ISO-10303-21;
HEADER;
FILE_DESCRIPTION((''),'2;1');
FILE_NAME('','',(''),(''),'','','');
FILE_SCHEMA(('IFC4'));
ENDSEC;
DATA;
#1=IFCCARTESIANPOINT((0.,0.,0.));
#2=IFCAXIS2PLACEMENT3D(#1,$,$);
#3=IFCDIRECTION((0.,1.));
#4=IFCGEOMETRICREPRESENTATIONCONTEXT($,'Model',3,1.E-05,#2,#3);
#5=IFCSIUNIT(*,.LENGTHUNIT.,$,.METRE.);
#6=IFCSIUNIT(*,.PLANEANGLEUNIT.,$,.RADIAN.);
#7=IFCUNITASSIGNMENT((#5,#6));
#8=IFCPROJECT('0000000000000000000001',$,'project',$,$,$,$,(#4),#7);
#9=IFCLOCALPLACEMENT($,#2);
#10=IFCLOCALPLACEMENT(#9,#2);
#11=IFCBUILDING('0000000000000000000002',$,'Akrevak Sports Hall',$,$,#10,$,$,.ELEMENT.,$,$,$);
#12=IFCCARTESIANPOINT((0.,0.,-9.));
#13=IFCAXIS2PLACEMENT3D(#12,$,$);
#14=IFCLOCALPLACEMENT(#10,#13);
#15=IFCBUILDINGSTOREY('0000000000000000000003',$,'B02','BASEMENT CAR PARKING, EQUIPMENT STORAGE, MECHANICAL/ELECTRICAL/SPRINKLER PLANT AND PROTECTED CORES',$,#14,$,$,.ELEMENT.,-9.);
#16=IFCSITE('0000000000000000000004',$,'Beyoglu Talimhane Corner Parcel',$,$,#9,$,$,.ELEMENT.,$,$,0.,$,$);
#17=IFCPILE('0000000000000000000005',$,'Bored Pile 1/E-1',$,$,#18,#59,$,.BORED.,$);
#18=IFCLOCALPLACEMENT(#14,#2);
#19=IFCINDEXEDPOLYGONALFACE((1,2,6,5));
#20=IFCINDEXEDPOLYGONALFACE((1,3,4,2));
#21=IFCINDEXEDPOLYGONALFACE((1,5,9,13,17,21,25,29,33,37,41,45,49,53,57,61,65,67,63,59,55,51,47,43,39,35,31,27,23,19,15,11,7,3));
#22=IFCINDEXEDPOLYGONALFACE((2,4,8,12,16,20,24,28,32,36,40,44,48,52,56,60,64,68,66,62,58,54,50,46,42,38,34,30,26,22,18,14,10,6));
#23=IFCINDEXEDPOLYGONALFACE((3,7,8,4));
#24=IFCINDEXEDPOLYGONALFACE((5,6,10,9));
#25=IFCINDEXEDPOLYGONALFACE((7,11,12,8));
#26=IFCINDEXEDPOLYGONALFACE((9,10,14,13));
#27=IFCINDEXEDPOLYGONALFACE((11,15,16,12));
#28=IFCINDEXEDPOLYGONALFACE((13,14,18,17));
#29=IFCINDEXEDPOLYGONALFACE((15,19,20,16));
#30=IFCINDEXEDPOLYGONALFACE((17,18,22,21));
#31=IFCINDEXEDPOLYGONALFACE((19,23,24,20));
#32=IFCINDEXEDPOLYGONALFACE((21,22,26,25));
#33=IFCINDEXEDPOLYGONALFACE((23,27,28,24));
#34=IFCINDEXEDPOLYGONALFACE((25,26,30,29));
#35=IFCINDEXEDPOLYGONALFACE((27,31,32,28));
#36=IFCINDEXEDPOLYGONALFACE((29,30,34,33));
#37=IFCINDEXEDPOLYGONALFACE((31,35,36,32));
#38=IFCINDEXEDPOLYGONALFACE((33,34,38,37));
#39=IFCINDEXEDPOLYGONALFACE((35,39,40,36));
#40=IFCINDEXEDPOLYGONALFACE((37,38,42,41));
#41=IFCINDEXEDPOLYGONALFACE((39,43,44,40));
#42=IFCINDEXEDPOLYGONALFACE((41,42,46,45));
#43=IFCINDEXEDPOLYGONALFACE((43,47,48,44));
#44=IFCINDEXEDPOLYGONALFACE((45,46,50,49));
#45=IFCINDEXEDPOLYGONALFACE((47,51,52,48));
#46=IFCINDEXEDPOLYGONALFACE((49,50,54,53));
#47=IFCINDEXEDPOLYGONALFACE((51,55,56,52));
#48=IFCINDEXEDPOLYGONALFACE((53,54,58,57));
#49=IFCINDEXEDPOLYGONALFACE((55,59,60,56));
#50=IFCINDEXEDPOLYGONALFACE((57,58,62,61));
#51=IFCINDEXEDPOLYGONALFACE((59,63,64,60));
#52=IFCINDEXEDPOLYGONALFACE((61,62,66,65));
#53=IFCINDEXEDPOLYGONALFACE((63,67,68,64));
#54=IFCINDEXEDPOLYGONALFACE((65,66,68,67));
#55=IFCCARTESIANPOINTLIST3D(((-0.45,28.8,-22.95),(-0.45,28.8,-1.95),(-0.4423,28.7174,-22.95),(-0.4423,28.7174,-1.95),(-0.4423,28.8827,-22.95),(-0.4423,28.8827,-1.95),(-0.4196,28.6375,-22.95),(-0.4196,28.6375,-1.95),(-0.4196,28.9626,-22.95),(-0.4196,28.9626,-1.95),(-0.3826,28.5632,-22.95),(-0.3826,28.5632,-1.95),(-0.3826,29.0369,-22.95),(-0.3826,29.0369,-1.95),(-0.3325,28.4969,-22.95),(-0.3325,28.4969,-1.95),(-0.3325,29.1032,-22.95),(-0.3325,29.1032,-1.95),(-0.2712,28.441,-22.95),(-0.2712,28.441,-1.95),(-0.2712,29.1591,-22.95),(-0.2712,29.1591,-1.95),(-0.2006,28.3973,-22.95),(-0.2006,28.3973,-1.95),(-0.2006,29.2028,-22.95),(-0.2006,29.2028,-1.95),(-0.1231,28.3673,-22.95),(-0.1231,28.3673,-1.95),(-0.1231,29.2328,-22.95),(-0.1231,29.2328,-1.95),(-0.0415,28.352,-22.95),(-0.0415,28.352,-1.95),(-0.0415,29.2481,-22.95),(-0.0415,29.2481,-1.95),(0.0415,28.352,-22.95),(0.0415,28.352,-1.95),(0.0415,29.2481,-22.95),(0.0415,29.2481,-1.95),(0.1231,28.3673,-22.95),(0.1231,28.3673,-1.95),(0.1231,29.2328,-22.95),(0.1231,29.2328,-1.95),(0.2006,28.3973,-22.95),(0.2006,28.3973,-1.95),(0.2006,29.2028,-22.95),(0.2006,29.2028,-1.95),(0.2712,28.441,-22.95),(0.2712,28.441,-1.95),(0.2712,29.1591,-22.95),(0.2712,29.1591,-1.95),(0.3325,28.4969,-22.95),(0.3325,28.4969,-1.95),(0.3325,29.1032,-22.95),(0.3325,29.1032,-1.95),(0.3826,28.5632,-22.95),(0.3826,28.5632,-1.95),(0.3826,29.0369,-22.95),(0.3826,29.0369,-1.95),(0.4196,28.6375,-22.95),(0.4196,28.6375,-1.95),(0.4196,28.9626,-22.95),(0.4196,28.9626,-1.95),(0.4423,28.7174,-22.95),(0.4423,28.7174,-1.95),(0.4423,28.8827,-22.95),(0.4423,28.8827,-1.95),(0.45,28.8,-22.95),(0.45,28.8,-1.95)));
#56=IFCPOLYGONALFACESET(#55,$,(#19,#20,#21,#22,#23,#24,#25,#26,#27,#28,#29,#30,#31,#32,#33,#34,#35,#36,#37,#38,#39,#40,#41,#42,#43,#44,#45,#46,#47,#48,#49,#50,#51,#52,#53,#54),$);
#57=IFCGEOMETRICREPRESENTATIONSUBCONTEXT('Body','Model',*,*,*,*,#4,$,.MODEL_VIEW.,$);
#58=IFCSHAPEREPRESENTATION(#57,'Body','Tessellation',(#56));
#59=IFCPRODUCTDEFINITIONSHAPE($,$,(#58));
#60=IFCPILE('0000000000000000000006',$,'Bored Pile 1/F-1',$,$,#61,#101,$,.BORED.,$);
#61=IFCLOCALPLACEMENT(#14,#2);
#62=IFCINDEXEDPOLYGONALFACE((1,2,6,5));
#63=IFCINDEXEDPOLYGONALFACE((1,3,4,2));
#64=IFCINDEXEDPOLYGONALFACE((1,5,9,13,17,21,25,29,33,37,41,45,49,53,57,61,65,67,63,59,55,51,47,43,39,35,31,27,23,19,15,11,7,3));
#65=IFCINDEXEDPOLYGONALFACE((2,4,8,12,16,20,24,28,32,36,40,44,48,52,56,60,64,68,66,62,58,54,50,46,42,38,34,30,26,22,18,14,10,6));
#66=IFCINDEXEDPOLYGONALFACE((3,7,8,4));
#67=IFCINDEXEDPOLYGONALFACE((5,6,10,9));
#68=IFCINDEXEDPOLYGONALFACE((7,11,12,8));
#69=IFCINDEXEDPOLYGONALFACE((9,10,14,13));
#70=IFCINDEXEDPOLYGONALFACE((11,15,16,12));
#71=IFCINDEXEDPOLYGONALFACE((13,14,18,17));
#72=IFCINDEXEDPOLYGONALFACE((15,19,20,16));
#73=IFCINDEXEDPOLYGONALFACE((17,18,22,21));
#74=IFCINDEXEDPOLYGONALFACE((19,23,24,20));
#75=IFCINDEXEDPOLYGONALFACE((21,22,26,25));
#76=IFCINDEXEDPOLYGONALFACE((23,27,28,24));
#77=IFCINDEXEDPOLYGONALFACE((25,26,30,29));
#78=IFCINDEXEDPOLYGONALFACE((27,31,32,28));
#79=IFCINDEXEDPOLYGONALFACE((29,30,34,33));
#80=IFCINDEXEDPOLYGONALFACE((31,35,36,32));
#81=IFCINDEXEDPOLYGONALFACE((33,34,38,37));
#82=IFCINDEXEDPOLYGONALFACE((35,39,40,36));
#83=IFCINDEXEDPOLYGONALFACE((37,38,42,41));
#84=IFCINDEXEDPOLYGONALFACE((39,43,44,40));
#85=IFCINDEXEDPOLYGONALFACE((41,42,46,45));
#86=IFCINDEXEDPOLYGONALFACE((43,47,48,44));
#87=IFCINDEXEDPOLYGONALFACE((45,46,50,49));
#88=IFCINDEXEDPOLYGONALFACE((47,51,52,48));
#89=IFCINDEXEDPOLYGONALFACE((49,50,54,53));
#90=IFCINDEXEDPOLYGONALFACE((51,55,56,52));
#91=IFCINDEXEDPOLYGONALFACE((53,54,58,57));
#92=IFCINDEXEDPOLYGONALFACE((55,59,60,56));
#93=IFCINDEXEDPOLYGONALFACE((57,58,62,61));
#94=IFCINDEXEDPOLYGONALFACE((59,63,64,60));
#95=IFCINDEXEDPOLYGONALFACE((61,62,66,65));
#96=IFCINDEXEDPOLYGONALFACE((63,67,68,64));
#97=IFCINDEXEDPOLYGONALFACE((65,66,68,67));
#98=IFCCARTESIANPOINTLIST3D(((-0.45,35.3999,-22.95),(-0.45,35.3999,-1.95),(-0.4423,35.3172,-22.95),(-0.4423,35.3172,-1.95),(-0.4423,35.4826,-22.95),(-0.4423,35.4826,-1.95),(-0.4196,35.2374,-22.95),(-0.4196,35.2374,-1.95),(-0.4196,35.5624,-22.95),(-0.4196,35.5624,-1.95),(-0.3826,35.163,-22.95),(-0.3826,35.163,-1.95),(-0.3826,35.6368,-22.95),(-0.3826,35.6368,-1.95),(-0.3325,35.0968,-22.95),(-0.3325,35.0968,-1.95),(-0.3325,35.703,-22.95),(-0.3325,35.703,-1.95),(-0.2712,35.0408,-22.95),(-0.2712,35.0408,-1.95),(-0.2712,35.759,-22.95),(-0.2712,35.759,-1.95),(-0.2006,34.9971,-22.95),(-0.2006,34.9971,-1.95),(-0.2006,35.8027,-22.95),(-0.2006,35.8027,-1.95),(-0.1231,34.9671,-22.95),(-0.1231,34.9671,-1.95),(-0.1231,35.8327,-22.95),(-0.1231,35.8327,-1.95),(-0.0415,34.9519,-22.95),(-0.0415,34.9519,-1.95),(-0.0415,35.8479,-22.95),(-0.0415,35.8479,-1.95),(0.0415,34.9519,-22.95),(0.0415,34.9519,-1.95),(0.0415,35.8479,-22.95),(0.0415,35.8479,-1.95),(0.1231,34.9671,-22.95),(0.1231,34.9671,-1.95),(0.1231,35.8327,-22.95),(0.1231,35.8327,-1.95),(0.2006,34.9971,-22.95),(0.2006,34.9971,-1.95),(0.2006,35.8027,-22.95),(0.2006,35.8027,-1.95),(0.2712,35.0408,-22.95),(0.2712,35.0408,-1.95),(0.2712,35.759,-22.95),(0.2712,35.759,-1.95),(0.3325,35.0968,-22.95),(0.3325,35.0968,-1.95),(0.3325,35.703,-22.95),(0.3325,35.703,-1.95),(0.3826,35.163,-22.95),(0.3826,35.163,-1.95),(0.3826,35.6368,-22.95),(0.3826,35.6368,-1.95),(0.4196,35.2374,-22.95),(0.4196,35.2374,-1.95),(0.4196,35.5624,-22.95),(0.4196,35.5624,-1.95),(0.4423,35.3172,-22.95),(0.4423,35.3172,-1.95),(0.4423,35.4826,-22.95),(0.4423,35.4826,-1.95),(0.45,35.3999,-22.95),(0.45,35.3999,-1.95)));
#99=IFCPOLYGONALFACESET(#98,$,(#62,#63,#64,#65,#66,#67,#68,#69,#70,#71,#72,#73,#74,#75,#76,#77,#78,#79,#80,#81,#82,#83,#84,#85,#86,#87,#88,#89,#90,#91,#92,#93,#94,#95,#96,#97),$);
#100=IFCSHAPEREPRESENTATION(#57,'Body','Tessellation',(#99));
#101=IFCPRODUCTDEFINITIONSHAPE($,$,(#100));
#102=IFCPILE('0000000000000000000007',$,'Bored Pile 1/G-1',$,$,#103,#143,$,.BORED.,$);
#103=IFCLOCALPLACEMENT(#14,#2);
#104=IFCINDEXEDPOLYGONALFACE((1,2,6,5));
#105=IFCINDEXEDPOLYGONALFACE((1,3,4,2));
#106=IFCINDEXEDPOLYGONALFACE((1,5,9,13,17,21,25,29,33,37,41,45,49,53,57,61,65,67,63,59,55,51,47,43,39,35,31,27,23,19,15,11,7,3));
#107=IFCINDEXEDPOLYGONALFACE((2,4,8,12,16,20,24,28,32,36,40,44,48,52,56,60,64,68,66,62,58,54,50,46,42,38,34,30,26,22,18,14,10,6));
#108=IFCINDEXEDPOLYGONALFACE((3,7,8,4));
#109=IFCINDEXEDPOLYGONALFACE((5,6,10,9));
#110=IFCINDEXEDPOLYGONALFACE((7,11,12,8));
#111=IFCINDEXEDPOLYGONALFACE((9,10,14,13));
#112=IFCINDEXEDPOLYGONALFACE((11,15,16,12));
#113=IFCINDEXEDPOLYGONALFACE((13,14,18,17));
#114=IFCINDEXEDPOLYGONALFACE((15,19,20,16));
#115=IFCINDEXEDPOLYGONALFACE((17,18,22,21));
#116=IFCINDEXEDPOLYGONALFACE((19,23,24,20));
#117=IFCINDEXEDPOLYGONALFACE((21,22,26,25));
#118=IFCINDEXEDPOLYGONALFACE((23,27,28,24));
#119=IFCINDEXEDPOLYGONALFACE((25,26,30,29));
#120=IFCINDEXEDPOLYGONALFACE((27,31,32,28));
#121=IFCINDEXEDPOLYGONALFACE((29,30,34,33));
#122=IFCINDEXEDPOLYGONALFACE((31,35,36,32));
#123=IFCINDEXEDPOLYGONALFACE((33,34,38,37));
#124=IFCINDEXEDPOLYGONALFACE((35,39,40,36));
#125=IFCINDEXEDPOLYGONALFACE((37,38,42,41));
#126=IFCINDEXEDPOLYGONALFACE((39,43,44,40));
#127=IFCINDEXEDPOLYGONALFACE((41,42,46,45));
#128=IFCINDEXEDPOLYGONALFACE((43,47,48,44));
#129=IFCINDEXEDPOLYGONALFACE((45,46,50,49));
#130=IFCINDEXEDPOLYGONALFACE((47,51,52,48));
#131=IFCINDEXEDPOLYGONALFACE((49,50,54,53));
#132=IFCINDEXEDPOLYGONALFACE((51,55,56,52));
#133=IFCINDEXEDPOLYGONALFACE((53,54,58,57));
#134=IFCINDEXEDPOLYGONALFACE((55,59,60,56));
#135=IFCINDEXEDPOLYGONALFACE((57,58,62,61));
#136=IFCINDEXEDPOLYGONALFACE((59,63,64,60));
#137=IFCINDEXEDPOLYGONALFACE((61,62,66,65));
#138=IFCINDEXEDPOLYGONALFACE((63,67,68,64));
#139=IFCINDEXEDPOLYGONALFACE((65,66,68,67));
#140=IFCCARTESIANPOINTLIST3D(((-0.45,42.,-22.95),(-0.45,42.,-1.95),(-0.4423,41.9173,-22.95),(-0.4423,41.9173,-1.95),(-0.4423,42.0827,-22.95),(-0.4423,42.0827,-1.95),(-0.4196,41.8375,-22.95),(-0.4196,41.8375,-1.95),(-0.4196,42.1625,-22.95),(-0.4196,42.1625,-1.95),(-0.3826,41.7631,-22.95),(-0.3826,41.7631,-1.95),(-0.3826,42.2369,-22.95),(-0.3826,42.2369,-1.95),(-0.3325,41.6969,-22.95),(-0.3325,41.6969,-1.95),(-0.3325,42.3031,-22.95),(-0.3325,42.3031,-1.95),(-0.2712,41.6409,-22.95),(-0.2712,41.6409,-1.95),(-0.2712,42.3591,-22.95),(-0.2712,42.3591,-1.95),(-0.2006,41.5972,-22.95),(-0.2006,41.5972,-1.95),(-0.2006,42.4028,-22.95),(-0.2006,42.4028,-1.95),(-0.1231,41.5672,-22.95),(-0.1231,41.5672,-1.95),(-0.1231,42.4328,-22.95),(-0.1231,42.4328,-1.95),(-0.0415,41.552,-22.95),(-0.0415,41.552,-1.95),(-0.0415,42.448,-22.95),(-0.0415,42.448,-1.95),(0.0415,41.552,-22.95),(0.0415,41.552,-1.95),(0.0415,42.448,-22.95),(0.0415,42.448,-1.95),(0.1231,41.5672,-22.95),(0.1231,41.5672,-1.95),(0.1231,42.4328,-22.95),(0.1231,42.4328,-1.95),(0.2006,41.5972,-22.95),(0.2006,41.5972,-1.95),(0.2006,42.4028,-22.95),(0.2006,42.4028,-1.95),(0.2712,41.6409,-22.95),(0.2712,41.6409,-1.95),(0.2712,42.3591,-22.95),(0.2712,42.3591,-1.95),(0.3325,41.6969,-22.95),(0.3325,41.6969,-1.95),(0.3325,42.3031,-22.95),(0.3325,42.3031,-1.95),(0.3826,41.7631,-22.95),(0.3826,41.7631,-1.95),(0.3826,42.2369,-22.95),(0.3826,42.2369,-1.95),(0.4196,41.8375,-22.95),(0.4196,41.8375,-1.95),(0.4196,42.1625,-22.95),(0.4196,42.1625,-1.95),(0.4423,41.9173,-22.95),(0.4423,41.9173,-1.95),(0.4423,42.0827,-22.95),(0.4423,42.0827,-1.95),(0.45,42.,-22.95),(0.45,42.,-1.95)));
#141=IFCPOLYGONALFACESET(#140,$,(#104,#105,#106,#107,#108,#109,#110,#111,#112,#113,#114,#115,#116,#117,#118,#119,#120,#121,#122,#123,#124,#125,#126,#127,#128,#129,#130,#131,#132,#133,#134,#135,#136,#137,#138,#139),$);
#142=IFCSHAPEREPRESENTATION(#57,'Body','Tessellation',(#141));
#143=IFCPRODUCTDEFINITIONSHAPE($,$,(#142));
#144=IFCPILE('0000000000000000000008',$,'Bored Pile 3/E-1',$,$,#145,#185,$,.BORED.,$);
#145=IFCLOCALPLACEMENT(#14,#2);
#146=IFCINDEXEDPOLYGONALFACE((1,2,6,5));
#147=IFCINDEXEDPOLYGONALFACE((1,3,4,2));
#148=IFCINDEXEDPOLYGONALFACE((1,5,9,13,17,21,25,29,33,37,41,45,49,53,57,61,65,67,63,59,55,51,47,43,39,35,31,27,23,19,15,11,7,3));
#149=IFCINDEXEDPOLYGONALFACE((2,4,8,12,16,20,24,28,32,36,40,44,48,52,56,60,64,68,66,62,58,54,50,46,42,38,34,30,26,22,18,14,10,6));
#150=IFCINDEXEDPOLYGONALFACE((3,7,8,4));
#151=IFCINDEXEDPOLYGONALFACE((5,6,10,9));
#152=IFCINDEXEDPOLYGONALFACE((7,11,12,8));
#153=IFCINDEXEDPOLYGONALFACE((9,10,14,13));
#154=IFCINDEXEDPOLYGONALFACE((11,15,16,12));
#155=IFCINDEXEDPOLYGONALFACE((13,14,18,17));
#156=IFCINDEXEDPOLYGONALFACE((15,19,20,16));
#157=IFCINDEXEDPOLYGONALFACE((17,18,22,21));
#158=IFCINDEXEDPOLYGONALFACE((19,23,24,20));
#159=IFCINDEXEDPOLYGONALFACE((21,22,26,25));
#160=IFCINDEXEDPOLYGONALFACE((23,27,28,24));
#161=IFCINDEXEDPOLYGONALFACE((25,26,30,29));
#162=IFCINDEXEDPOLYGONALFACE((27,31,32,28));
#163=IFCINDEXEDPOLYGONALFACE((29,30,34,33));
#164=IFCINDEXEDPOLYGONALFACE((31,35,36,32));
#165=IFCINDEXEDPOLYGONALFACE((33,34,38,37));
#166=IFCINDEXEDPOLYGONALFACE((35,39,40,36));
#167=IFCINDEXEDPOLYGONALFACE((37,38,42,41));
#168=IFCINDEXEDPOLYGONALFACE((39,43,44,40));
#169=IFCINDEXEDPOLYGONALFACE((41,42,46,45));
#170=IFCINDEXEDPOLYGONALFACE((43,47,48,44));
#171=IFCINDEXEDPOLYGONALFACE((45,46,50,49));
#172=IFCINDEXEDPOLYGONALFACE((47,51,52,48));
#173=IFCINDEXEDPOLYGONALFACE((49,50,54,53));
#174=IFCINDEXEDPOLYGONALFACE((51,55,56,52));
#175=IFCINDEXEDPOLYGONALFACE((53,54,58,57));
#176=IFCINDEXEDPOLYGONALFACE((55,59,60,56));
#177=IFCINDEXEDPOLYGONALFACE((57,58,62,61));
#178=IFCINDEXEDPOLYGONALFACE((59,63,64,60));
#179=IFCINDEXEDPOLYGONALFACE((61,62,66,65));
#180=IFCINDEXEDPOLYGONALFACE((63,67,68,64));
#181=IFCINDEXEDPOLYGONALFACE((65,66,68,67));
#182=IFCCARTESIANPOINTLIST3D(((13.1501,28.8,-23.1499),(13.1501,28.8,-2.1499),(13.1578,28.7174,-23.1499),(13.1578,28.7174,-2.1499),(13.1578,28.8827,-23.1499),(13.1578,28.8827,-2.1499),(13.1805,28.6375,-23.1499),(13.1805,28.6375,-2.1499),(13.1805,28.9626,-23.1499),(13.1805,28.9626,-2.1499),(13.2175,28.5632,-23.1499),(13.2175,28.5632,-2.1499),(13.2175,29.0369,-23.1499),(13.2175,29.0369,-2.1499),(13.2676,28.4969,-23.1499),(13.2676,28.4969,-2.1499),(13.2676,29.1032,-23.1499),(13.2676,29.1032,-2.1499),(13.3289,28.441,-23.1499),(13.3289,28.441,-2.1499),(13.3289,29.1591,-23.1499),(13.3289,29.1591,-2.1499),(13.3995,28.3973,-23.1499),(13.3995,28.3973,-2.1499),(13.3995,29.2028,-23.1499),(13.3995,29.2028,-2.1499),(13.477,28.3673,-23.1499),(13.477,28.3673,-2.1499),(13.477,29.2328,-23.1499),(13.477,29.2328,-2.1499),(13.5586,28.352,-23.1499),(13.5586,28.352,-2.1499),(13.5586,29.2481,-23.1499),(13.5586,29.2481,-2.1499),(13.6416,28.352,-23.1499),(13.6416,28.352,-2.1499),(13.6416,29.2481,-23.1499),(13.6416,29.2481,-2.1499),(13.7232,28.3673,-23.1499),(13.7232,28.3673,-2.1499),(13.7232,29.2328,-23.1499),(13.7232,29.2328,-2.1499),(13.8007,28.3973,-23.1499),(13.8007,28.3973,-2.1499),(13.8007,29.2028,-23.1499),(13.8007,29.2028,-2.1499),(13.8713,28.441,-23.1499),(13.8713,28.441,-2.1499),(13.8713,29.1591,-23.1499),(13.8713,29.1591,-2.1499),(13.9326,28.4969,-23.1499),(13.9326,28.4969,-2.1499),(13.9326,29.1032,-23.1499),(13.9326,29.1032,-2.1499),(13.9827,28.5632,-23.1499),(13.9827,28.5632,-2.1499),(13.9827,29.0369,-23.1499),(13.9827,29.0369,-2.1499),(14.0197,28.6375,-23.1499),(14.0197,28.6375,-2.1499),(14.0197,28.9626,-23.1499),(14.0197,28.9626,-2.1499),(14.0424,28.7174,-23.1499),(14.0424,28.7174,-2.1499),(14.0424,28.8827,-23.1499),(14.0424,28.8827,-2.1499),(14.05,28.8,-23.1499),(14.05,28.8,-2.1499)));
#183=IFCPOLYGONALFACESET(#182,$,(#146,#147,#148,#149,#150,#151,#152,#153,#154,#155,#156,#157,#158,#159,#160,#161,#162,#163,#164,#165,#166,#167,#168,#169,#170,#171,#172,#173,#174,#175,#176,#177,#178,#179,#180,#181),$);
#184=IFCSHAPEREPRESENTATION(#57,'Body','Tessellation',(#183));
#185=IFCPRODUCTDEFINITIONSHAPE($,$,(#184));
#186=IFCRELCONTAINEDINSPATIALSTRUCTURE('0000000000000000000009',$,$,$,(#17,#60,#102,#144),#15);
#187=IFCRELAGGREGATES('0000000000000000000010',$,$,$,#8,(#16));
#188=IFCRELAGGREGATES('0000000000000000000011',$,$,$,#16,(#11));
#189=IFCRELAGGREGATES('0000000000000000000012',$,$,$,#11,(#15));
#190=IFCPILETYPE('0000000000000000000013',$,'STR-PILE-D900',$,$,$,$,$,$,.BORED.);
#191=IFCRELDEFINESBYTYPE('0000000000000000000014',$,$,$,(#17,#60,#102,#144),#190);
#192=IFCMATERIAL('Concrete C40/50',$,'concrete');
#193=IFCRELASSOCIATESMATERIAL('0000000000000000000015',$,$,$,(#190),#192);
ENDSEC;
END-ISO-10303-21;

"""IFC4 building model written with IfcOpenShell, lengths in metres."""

from ifc_helpers import new_model, si_unit, direction, frame, origin, origin_2d, place, context, subcontext, project, spatial, circle, extrude, material, material_profile, profile_set, type_object, element, save


model = new_model("IFC4")

# Units and contexts
model_context = context("Model", 3, precision=1e-05, world=origin(), true_north=direction((0.0, 1.0)))
body_context = subcontext(model_context, "Body", "Model", "MODEL_VIEW")
ifc_project = project(units=[si_unit("LENGTHUNIT", "METRE"), si_unit("PLANEANGLEUNIT", "RADIAN")], contexts=[model_context])

# Site, building, storey
site_placement = place(None, origin())
site = spatial("IfcSite", under=ifc_project, at=site_placement, Name="Beyoglu Talimhane Corner Parcel", CompositionType="ELEMENT", RefElevation=0.0)
building_placement = place(site_placement, origin())
building = spatial("IfcBuilding", under=site, at=building_placement, Name="Akrevak Sports Hall", CompositionType="ELEMENT")
storey_placement = place(building_placement, frame((0.0, 0.0, -9.0)))
storey = spatial("IfcBuildingStorey", under=building, at=storey_placement, Name="B02", Description="BASEMENT CAR PARKING, EQUIPMENT STORAGE, MECHANICAL/ELECTRICAL/SPRINKLER PLANT AND PROTECTED CORES", CompositionType="ELEMENT", Elevation=-9.0)

# Shared definitions
ifc_material_1 = material(Name="Concrete C40/50", Category="concrete")

# Piles
ifc_material_profile_1 = material_profile(ifc_material_1, circle(Radius=0.45, at=origin_2d()), Name="BORED PILE D900", Category="concrete")
ifc_profile_set_1 = profile_set([ifc_material_profile_1], Name="Concrete C40/50")
pile_type_1 = type_object("IfcPileType", Name="STR-PILE-D900", PredefinedType="BORED", material=ifc_profile_set_1)
for number, where, z_axis, x_axis, name in (
    (1, (0.0, 28.8, -1.95), (0.0, 0.0, -1.0), (1.0, 0.0, 0.0), "Bored Pile 1/E-1"),
    (2, (0.0, 35.3999, -1.95), (0.0, 0.0, -1.0), (1.0, 0.0, 0.0), "Bored Pile 1/F-1"),
    (3, (0.0, 42.0, -1.95), (0.0, 0.0, -1.0), (1.0, 0.0, 0.0), "Bored Pile 1/G-1"),
    (4, (13.6001, 28.8, -2.1499), (0.0, 0.0, -1.0), (1.0, 0.0, 0.0), "Bored Pile 3/E-1"),
):
    element("IfcPile", number, at=place(storey_placement, frame(where, z_axis=z_axis, x_axis=x_axis)), inside=storey, type_object=pile_type_1, Name=name, PredefinedType="BORED", context=body_context, shape_type="SweptSolid", body=[
        extrude(circle(Radius=0.45, at=origin_2d()), origin(), (0.0, 0.0, 1.0), 21.0),
    ])

save(model, "model.ifc")
